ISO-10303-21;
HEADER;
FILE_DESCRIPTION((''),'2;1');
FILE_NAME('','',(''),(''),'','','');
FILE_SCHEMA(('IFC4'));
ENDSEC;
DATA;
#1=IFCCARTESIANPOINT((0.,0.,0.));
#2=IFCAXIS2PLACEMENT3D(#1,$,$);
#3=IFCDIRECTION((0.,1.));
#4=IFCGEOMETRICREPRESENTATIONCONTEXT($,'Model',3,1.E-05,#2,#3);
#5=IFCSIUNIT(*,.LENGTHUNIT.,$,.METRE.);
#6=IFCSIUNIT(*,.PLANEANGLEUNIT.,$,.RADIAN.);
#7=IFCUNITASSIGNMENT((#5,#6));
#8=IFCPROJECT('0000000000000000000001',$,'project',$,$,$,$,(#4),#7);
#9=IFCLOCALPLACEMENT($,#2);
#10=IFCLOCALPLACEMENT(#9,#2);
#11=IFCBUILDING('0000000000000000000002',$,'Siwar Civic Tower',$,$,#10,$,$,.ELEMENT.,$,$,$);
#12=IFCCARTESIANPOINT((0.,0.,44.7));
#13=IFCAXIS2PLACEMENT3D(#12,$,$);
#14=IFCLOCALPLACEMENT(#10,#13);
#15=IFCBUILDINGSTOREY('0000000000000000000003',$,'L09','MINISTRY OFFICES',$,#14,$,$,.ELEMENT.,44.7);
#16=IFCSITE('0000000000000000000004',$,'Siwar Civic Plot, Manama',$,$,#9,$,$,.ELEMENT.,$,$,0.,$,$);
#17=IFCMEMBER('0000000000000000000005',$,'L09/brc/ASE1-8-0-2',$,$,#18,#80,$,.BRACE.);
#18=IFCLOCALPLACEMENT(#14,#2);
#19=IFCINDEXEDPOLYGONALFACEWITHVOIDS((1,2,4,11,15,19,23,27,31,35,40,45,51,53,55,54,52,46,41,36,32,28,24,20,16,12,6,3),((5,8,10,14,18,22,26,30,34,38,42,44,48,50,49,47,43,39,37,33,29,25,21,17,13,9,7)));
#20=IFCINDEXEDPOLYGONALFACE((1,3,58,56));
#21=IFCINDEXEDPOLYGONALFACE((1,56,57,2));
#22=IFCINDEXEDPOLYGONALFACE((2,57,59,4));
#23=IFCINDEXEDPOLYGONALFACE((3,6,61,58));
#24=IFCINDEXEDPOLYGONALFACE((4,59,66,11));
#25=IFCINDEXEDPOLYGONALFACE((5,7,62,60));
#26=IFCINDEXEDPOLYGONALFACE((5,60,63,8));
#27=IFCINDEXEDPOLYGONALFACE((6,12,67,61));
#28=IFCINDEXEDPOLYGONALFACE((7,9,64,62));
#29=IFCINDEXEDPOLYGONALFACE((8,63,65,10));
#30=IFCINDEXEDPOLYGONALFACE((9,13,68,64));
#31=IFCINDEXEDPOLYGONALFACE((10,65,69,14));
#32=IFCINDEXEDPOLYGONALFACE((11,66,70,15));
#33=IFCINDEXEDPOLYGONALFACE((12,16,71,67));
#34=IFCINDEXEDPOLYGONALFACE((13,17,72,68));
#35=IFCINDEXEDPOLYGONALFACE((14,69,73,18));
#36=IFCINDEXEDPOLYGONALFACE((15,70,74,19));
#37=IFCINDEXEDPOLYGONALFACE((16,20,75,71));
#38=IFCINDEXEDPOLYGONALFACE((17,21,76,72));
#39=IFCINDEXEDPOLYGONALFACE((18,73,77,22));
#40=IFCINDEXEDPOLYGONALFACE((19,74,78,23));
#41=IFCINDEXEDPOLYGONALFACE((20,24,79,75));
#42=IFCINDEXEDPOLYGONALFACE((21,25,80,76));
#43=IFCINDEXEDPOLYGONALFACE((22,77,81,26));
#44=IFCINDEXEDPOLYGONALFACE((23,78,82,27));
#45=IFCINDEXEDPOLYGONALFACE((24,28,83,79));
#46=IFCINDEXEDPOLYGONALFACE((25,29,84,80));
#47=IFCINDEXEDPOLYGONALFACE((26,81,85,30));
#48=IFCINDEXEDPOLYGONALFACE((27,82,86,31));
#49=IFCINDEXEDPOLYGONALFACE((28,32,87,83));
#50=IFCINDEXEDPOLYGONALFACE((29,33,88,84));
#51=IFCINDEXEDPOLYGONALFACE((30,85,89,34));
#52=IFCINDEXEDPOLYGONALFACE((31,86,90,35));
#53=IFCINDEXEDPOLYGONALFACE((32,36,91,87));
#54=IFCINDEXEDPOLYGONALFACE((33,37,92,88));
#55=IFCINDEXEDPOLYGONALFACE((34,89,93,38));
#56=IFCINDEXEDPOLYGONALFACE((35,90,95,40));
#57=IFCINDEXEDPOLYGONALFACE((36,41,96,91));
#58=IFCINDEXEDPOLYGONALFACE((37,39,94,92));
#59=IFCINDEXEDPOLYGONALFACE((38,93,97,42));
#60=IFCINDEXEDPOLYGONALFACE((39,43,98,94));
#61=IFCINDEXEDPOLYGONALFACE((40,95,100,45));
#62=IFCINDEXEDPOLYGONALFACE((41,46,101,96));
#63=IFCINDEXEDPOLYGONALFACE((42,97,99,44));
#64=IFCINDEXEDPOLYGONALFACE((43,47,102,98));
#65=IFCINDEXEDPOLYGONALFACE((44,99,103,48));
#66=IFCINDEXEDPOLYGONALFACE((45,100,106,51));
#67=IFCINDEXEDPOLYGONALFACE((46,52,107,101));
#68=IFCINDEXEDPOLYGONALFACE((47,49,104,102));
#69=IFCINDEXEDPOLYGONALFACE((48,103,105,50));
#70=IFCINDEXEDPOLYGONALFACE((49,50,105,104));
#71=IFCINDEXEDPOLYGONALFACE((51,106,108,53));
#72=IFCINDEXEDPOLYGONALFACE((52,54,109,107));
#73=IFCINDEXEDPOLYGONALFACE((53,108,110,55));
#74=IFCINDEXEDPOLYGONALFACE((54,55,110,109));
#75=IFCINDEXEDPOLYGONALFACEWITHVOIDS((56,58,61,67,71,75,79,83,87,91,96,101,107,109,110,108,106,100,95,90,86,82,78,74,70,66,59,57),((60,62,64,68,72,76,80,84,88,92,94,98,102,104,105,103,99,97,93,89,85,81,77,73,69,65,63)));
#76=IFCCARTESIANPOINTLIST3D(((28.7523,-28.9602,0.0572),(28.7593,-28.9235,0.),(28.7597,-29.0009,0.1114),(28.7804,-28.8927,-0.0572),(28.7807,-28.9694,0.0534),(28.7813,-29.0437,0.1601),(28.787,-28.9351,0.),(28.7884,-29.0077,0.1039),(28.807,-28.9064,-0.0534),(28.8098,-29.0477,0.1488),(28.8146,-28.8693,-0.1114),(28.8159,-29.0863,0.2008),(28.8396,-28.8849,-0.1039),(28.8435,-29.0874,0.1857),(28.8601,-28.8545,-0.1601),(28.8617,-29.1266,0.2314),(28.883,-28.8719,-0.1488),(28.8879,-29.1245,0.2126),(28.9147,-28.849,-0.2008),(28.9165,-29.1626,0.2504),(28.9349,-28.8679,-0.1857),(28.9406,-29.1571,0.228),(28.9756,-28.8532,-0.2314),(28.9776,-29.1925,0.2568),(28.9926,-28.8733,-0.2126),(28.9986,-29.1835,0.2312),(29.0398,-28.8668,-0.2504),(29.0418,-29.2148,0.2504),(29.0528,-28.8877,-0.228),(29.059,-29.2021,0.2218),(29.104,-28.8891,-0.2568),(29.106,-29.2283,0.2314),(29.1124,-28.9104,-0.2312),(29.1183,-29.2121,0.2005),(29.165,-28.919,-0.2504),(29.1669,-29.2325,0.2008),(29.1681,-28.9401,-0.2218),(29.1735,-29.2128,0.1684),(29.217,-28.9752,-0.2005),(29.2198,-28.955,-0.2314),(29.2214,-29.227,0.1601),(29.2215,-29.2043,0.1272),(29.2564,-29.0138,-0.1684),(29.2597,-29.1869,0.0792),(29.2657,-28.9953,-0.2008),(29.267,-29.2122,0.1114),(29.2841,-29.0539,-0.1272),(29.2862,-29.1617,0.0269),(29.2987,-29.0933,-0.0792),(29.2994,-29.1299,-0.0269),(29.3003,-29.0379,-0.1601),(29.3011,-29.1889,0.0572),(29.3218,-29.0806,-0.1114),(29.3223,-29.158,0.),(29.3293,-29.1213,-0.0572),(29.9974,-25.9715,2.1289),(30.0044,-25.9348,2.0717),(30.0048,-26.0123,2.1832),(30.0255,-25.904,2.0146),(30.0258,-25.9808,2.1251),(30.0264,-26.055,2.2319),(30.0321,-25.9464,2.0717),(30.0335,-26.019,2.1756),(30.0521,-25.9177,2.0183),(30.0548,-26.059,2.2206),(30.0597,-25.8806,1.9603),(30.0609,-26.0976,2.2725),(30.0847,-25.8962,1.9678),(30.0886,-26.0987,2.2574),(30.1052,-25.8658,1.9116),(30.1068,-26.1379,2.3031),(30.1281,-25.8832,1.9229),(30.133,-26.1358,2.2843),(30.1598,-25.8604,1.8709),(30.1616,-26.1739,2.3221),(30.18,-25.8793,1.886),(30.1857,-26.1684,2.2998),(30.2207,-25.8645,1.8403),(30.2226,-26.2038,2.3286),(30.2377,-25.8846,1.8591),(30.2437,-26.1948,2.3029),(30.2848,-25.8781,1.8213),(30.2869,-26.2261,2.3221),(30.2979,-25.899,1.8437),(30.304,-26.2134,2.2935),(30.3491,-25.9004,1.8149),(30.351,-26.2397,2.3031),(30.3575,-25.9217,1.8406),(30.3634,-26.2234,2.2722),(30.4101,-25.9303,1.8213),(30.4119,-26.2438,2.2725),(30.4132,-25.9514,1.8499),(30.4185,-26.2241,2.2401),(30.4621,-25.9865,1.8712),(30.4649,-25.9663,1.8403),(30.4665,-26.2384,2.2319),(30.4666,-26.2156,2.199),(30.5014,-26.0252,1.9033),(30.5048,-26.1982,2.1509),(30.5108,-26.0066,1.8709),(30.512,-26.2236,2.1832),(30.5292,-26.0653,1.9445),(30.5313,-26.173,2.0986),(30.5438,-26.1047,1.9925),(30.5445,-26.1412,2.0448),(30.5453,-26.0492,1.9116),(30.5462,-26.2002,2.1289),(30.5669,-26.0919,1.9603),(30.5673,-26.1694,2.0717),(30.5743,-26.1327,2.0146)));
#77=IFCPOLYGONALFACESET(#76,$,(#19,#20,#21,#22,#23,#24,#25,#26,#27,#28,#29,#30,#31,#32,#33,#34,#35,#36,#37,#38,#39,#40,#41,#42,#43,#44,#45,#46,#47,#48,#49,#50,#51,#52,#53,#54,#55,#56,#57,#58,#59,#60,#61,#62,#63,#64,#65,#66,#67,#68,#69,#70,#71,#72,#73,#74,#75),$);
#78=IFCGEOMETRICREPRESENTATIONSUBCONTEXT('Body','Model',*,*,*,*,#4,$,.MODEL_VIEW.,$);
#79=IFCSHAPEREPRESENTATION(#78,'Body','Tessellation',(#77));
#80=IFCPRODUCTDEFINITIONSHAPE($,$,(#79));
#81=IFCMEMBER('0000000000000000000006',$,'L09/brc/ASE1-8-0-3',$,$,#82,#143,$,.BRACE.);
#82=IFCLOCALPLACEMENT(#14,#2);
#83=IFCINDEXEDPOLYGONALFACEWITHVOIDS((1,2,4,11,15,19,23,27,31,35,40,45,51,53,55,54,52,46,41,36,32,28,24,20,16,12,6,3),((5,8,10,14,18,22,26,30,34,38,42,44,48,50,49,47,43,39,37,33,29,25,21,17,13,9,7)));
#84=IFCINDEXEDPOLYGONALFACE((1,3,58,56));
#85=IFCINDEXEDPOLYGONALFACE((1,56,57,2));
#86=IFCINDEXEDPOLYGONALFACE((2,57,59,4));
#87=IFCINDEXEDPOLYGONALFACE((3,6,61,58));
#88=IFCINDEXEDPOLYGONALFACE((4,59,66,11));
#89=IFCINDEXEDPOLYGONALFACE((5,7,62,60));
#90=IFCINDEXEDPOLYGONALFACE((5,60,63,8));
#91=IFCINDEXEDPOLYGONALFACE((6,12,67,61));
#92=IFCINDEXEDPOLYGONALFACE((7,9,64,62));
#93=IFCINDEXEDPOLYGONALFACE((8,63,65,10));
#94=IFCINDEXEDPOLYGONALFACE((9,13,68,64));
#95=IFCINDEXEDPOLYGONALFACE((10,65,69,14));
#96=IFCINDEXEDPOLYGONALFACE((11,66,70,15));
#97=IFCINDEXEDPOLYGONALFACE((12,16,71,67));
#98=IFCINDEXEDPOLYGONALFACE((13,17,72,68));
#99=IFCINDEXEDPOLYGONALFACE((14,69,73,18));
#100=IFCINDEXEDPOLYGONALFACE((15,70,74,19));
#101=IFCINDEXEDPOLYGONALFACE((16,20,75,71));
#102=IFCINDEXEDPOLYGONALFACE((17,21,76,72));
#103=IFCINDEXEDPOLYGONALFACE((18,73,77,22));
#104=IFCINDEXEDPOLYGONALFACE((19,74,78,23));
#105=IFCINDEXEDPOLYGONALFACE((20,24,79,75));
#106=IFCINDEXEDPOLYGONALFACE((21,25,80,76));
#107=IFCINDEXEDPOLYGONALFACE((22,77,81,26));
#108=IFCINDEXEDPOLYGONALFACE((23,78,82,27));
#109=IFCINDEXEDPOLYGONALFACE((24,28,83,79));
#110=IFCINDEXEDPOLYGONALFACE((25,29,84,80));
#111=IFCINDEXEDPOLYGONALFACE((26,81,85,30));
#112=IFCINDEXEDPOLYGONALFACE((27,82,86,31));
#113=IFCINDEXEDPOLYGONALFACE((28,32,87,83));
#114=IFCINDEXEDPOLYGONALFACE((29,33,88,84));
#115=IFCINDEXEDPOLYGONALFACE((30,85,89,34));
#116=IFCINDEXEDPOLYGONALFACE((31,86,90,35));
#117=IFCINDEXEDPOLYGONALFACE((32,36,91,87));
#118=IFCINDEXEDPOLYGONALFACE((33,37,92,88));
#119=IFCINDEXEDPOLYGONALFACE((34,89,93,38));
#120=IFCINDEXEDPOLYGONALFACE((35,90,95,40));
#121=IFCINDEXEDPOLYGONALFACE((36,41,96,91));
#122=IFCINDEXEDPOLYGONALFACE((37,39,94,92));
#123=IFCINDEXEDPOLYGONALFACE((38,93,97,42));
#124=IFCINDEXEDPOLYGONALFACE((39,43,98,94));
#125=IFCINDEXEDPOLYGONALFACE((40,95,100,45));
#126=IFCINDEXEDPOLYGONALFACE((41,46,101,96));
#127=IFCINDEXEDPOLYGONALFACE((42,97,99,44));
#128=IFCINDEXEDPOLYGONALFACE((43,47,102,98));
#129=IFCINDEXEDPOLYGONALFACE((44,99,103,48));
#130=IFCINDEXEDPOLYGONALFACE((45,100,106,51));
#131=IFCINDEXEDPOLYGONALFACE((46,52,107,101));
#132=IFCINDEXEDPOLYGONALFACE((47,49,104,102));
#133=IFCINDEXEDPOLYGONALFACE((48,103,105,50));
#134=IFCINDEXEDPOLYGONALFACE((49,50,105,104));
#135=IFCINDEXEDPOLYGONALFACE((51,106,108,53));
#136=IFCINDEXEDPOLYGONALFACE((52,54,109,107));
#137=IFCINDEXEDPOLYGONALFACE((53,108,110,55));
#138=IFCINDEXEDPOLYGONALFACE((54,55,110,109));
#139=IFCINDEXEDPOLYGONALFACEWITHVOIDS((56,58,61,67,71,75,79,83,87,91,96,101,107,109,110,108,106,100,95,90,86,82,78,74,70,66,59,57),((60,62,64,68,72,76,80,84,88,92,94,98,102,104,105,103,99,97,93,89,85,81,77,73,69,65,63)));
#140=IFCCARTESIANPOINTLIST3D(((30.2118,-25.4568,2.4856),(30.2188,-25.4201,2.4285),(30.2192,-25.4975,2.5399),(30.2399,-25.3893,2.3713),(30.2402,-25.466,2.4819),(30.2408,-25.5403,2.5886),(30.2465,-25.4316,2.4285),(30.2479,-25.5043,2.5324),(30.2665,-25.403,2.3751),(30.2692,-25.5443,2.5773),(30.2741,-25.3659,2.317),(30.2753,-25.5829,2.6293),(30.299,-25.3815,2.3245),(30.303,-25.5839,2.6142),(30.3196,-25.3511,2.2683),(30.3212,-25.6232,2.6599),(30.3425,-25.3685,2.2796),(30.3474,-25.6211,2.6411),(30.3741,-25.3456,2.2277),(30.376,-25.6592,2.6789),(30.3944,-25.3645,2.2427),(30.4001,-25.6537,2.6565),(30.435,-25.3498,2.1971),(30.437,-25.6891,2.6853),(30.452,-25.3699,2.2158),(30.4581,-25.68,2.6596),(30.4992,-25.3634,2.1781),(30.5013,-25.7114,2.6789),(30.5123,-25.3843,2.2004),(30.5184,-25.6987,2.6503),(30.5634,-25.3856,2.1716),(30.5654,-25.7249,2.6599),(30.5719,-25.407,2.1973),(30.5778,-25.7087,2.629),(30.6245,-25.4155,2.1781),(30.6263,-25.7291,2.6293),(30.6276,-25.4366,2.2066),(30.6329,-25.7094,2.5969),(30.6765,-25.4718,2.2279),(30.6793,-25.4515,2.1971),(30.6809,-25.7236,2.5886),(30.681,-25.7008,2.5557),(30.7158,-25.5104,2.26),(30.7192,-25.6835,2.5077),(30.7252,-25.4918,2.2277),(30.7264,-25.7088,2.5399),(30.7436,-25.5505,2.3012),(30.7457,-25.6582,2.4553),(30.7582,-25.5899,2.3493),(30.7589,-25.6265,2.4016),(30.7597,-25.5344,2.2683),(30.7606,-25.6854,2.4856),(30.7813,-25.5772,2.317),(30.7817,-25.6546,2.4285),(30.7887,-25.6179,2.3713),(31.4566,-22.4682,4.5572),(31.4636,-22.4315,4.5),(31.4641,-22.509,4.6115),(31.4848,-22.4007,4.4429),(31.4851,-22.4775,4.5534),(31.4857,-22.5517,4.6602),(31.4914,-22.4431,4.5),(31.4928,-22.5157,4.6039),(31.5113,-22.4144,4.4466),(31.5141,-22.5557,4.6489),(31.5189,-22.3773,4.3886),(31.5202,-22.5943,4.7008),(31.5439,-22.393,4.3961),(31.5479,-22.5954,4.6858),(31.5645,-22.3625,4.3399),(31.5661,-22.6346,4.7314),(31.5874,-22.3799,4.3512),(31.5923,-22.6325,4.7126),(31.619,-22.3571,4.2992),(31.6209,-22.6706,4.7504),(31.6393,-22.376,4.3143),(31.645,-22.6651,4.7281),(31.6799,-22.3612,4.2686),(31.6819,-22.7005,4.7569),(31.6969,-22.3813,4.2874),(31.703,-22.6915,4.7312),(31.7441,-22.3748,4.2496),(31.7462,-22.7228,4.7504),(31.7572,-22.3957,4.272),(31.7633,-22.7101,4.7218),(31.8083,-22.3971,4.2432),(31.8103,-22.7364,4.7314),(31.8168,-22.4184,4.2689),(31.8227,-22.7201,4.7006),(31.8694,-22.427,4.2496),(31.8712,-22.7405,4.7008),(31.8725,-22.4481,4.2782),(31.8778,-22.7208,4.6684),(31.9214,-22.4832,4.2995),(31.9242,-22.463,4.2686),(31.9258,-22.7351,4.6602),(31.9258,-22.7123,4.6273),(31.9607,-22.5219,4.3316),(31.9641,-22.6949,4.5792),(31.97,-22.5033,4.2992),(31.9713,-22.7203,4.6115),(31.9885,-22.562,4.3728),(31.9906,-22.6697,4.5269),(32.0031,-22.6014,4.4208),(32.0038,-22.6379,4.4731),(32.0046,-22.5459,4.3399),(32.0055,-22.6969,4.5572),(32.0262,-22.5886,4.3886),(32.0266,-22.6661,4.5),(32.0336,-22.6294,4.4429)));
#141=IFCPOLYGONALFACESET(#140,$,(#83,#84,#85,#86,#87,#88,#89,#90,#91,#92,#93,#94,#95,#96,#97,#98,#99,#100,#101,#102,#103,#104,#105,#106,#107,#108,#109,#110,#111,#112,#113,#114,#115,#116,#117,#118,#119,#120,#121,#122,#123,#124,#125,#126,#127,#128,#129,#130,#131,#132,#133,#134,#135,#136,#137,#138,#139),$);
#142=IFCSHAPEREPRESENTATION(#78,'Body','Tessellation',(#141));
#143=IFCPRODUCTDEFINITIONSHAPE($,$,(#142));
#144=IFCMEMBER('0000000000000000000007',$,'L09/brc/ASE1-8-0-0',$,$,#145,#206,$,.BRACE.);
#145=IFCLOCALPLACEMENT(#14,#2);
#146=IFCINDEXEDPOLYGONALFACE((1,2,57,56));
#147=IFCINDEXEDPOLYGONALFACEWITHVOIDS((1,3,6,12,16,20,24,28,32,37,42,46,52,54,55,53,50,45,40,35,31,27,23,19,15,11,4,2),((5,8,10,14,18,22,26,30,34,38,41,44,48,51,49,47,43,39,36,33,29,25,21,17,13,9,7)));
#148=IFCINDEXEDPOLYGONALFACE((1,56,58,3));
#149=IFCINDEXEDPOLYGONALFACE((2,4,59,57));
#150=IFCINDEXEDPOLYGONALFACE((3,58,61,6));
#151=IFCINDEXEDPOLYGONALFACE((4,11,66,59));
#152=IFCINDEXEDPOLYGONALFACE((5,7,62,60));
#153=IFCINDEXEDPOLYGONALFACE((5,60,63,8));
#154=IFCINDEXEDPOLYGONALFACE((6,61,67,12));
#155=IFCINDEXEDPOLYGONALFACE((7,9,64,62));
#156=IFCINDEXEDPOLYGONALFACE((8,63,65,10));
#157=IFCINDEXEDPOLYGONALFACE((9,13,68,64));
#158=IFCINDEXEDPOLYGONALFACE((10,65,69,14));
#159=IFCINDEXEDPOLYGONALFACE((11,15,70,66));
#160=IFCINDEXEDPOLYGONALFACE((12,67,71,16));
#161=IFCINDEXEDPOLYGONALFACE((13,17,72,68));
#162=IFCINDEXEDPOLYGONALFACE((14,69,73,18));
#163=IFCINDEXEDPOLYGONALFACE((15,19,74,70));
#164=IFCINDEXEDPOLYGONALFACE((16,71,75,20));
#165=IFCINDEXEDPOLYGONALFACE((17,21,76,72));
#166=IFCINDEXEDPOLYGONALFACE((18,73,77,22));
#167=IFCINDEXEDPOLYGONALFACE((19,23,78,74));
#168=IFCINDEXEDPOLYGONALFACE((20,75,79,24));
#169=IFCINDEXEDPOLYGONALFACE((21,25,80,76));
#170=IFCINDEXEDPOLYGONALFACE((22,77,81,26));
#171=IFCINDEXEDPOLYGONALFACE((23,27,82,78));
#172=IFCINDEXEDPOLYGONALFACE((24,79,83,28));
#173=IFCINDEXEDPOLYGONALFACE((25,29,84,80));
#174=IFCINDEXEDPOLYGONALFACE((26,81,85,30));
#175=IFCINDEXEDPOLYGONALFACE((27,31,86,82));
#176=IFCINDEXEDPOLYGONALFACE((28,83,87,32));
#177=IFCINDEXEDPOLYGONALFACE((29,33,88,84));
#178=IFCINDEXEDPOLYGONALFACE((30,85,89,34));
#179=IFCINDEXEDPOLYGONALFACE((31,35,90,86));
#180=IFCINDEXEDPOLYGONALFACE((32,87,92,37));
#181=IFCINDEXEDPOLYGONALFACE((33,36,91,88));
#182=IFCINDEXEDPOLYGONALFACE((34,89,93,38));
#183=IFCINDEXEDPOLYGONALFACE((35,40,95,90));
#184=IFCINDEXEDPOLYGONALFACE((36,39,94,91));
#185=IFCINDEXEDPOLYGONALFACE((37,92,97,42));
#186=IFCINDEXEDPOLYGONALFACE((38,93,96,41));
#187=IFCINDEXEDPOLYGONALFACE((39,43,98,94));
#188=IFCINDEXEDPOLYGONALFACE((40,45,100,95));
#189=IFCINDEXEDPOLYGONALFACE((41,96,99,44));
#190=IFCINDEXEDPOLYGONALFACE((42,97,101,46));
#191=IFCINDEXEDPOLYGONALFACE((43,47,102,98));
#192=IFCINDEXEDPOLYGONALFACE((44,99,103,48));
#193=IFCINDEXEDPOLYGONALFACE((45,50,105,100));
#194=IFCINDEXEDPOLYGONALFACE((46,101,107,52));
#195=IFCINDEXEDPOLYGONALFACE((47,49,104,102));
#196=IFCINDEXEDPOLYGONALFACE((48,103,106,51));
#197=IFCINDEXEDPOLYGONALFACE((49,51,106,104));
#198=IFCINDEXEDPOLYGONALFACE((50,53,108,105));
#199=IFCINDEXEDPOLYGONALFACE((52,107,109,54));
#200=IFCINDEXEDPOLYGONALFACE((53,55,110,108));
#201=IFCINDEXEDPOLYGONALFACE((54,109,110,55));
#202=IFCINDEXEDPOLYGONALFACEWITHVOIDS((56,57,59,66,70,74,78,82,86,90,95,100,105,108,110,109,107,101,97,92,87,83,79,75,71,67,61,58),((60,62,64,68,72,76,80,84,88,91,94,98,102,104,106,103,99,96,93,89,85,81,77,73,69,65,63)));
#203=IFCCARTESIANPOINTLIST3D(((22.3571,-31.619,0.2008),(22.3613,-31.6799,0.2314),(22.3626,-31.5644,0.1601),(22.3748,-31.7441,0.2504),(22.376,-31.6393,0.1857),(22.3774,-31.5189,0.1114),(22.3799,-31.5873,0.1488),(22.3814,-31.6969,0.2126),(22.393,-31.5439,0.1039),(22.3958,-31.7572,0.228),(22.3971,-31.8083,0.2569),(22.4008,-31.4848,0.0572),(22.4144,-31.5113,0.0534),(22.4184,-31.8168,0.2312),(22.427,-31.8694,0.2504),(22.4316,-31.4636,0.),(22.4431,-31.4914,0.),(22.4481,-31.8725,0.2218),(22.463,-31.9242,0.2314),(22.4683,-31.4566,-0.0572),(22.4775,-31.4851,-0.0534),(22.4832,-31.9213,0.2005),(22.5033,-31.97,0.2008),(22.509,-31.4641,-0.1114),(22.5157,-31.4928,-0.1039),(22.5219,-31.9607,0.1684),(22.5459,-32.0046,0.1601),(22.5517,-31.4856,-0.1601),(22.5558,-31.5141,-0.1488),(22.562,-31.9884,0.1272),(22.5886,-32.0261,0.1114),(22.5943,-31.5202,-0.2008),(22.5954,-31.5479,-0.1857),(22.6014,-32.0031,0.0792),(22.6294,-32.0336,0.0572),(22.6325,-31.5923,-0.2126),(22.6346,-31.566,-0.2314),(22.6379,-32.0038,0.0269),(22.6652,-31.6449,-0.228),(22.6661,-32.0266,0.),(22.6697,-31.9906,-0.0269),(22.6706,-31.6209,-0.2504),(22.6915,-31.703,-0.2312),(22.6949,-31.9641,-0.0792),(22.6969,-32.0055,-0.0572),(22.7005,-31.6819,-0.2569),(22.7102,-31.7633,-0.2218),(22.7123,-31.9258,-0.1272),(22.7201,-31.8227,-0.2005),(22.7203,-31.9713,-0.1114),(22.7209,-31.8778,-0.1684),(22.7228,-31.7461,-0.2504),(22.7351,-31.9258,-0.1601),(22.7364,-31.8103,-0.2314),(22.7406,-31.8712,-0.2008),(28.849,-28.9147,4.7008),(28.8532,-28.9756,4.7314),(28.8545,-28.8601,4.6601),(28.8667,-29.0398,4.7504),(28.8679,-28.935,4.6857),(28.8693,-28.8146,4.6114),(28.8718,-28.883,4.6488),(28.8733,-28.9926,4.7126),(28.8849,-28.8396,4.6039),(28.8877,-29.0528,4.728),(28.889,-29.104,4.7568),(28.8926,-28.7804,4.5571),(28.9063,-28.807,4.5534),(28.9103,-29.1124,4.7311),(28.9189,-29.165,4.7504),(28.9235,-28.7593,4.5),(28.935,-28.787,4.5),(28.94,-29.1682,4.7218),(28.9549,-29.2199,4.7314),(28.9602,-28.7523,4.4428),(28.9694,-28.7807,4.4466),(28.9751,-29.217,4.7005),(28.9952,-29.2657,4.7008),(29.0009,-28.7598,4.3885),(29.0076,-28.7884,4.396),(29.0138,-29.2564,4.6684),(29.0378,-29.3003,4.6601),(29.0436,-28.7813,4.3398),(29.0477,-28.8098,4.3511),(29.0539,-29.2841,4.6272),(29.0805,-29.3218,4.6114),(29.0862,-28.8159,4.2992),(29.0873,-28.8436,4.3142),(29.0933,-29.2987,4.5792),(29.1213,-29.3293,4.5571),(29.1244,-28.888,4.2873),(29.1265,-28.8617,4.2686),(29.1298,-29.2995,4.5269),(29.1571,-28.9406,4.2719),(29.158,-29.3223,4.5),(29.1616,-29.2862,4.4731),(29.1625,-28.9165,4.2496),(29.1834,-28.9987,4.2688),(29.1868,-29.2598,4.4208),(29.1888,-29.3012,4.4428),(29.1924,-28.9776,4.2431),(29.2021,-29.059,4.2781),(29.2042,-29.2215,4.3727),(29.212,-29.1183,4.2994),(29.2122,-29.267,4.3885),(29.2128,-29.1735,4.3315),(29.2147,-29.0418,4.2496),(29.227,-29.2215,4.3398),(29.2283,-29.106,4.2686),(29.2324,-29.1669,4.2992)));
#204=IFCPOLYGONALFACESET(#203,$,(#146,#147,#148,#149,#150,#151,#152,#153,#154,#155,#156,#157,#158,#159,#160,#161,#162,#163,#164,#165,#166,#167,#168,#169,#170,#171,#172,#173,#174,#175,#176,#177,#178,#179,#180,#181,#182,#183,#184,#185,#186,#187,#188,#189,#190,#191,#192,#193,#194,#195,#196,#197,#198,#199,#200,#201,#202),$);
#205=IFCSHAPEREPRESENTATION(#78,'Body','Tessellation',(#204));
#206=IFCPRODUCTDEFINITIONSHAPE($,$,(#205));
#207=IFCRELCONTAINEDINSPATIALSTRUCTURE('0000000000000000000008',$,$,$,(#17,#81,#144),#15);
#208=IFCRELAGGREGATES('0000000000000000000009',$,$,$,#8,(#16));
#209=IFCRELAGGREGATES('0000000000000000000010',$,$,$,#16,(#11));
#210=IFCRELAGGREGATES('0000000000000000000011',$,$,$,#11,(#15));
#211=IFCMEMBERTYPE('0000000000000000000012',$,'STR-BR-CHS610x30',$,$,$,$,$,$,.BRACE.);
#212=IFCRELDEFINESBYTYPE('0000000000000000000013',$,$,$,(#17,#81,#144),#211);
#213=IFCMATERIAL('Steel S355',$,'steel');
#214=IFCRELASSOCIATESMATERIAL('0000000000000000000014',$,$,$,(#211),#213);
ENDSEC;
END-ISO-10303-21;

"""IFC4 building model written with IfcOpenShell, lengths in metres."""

from ifc_helpers import new_model, si_unit, direction, frame, origin, origin_2d, place, context, subcontext, project, spatial, hollow_circle, extrude, material, material_profile, profile_set, type_object, element, save


model = new_model("IFC4")

# Units and contexts
model_context = context("Model", 3, precision=1e-05, world=origin(), true_north=direction((0.0, 1.0)))
body_context = subcontext(model_context, "Body", "Model", "MODEL_VIEW")
ifc_project = project(units=[si_unit("LENGTHUNIT", "METRE"), si_unit("PLANEANGLEUNIT", "RADIAN")], contexts=[model_context])

# Site, building, storey
site_placement = place(None, origin())
site = spatial("IfcSite", under=ifc_project, at=site_placement, Name="Siwar Civic Plot, Manama", CompositionType="ELEMENT", RefElevation=0.0)
building_placement = place(site_placement, origin())
building = spatial("IfcBuilding", under=site, at=building_placement, Name="Siwar Civic Tower", CompositionType="ELEMENT")
storey_placement = place(building_placement, frame((0.0, 0.0, 44.7)))
storey = spatial("IfcBuildingStorey", under=building, at=storey_placement, Name="L09", Description="MINISTRY OFFICES", CompositionType="ELEMENT", Elevation=44.7)

# Members
ifc_material_1 = material(Name="Steel S355", Category="steel")
ifc_material_profile_1 = material_profile(ifc_material_1, hollow_circle(Radius=0.3049, WallThickness=0.03, at=origin_2d()), Name="CHS610x30")
ifc_profile_set_1 = profile_set([ifc_material_profile_1], Name="Steel S355")
member_type_1 = type_object("IfcMemberType", Name="STR-BR-CHS610x30", PredefinedType="BRACE", material=ifc_profile_set_1)
member_1_placement = place(storey_placement, frame((29.0408, -29.0408, 0.0), z_axis=(0.323923, 0.777542, 0.538982), x_axis=(-0.923099, 0.384562, 0.0)))
element("IfcMember", 1, at=member_1_placement, inside=storey, type_object=member_type_1, Name="L09/brc/ASE1-8-0-2", PredefinedType="BRACE", context=body_context, shape_type="SweptSolid", body=[
    extrude(hollow_circle(Radius=0.3049, WallThickness=0.03, at=origin_2d()), origin(), (0.0, 0.0, 1.0), 3.8438),
])
member_2_placement = place(storey_placement, frame((30.5002, -25.5374, 2.4285), z_axis=(0.323893, 0.77756, 0.538975), x_axis=(-0.923115, 0.384524, 0.0)))
element("IfcMember", 2, at=member_2_placement, inside=storey, type_object=member_type_1, Name="L09/brc/ASE1-8-0-3", PredefinedType="BRACE", context=body_context, shape_type="SweptSolid", body=[
    extrude(hollow_circle(Radius=0.3049, WallThickness=0.03, at=origin_2d()), origin(), (0.0, 0.0, 1.0), 3.8435),
])
member_3_placement = place(storey_placement, frame((22.5488, -31.7451, 0.0), z_axis=(0.777555, 0.323906, 0.538975), x_axis=(-0.384539, 0.923109, 0.0)))
element("IfcMember", 3, at=member_3_placement, inside=storey, type_object=member_type_1, Name="L09/brc/ASE1-8-0-0", PredefinedType="BRACE", context=body_context, shape_type="SweptSolid", body=[
    extrude(hollow_circle(Radius=0.3049, WallThickness=0.03, at=origin_2d()), origin(), (0.0, 0.0, 1.0), 8.3491),
])

save(model, "model.ifc")
